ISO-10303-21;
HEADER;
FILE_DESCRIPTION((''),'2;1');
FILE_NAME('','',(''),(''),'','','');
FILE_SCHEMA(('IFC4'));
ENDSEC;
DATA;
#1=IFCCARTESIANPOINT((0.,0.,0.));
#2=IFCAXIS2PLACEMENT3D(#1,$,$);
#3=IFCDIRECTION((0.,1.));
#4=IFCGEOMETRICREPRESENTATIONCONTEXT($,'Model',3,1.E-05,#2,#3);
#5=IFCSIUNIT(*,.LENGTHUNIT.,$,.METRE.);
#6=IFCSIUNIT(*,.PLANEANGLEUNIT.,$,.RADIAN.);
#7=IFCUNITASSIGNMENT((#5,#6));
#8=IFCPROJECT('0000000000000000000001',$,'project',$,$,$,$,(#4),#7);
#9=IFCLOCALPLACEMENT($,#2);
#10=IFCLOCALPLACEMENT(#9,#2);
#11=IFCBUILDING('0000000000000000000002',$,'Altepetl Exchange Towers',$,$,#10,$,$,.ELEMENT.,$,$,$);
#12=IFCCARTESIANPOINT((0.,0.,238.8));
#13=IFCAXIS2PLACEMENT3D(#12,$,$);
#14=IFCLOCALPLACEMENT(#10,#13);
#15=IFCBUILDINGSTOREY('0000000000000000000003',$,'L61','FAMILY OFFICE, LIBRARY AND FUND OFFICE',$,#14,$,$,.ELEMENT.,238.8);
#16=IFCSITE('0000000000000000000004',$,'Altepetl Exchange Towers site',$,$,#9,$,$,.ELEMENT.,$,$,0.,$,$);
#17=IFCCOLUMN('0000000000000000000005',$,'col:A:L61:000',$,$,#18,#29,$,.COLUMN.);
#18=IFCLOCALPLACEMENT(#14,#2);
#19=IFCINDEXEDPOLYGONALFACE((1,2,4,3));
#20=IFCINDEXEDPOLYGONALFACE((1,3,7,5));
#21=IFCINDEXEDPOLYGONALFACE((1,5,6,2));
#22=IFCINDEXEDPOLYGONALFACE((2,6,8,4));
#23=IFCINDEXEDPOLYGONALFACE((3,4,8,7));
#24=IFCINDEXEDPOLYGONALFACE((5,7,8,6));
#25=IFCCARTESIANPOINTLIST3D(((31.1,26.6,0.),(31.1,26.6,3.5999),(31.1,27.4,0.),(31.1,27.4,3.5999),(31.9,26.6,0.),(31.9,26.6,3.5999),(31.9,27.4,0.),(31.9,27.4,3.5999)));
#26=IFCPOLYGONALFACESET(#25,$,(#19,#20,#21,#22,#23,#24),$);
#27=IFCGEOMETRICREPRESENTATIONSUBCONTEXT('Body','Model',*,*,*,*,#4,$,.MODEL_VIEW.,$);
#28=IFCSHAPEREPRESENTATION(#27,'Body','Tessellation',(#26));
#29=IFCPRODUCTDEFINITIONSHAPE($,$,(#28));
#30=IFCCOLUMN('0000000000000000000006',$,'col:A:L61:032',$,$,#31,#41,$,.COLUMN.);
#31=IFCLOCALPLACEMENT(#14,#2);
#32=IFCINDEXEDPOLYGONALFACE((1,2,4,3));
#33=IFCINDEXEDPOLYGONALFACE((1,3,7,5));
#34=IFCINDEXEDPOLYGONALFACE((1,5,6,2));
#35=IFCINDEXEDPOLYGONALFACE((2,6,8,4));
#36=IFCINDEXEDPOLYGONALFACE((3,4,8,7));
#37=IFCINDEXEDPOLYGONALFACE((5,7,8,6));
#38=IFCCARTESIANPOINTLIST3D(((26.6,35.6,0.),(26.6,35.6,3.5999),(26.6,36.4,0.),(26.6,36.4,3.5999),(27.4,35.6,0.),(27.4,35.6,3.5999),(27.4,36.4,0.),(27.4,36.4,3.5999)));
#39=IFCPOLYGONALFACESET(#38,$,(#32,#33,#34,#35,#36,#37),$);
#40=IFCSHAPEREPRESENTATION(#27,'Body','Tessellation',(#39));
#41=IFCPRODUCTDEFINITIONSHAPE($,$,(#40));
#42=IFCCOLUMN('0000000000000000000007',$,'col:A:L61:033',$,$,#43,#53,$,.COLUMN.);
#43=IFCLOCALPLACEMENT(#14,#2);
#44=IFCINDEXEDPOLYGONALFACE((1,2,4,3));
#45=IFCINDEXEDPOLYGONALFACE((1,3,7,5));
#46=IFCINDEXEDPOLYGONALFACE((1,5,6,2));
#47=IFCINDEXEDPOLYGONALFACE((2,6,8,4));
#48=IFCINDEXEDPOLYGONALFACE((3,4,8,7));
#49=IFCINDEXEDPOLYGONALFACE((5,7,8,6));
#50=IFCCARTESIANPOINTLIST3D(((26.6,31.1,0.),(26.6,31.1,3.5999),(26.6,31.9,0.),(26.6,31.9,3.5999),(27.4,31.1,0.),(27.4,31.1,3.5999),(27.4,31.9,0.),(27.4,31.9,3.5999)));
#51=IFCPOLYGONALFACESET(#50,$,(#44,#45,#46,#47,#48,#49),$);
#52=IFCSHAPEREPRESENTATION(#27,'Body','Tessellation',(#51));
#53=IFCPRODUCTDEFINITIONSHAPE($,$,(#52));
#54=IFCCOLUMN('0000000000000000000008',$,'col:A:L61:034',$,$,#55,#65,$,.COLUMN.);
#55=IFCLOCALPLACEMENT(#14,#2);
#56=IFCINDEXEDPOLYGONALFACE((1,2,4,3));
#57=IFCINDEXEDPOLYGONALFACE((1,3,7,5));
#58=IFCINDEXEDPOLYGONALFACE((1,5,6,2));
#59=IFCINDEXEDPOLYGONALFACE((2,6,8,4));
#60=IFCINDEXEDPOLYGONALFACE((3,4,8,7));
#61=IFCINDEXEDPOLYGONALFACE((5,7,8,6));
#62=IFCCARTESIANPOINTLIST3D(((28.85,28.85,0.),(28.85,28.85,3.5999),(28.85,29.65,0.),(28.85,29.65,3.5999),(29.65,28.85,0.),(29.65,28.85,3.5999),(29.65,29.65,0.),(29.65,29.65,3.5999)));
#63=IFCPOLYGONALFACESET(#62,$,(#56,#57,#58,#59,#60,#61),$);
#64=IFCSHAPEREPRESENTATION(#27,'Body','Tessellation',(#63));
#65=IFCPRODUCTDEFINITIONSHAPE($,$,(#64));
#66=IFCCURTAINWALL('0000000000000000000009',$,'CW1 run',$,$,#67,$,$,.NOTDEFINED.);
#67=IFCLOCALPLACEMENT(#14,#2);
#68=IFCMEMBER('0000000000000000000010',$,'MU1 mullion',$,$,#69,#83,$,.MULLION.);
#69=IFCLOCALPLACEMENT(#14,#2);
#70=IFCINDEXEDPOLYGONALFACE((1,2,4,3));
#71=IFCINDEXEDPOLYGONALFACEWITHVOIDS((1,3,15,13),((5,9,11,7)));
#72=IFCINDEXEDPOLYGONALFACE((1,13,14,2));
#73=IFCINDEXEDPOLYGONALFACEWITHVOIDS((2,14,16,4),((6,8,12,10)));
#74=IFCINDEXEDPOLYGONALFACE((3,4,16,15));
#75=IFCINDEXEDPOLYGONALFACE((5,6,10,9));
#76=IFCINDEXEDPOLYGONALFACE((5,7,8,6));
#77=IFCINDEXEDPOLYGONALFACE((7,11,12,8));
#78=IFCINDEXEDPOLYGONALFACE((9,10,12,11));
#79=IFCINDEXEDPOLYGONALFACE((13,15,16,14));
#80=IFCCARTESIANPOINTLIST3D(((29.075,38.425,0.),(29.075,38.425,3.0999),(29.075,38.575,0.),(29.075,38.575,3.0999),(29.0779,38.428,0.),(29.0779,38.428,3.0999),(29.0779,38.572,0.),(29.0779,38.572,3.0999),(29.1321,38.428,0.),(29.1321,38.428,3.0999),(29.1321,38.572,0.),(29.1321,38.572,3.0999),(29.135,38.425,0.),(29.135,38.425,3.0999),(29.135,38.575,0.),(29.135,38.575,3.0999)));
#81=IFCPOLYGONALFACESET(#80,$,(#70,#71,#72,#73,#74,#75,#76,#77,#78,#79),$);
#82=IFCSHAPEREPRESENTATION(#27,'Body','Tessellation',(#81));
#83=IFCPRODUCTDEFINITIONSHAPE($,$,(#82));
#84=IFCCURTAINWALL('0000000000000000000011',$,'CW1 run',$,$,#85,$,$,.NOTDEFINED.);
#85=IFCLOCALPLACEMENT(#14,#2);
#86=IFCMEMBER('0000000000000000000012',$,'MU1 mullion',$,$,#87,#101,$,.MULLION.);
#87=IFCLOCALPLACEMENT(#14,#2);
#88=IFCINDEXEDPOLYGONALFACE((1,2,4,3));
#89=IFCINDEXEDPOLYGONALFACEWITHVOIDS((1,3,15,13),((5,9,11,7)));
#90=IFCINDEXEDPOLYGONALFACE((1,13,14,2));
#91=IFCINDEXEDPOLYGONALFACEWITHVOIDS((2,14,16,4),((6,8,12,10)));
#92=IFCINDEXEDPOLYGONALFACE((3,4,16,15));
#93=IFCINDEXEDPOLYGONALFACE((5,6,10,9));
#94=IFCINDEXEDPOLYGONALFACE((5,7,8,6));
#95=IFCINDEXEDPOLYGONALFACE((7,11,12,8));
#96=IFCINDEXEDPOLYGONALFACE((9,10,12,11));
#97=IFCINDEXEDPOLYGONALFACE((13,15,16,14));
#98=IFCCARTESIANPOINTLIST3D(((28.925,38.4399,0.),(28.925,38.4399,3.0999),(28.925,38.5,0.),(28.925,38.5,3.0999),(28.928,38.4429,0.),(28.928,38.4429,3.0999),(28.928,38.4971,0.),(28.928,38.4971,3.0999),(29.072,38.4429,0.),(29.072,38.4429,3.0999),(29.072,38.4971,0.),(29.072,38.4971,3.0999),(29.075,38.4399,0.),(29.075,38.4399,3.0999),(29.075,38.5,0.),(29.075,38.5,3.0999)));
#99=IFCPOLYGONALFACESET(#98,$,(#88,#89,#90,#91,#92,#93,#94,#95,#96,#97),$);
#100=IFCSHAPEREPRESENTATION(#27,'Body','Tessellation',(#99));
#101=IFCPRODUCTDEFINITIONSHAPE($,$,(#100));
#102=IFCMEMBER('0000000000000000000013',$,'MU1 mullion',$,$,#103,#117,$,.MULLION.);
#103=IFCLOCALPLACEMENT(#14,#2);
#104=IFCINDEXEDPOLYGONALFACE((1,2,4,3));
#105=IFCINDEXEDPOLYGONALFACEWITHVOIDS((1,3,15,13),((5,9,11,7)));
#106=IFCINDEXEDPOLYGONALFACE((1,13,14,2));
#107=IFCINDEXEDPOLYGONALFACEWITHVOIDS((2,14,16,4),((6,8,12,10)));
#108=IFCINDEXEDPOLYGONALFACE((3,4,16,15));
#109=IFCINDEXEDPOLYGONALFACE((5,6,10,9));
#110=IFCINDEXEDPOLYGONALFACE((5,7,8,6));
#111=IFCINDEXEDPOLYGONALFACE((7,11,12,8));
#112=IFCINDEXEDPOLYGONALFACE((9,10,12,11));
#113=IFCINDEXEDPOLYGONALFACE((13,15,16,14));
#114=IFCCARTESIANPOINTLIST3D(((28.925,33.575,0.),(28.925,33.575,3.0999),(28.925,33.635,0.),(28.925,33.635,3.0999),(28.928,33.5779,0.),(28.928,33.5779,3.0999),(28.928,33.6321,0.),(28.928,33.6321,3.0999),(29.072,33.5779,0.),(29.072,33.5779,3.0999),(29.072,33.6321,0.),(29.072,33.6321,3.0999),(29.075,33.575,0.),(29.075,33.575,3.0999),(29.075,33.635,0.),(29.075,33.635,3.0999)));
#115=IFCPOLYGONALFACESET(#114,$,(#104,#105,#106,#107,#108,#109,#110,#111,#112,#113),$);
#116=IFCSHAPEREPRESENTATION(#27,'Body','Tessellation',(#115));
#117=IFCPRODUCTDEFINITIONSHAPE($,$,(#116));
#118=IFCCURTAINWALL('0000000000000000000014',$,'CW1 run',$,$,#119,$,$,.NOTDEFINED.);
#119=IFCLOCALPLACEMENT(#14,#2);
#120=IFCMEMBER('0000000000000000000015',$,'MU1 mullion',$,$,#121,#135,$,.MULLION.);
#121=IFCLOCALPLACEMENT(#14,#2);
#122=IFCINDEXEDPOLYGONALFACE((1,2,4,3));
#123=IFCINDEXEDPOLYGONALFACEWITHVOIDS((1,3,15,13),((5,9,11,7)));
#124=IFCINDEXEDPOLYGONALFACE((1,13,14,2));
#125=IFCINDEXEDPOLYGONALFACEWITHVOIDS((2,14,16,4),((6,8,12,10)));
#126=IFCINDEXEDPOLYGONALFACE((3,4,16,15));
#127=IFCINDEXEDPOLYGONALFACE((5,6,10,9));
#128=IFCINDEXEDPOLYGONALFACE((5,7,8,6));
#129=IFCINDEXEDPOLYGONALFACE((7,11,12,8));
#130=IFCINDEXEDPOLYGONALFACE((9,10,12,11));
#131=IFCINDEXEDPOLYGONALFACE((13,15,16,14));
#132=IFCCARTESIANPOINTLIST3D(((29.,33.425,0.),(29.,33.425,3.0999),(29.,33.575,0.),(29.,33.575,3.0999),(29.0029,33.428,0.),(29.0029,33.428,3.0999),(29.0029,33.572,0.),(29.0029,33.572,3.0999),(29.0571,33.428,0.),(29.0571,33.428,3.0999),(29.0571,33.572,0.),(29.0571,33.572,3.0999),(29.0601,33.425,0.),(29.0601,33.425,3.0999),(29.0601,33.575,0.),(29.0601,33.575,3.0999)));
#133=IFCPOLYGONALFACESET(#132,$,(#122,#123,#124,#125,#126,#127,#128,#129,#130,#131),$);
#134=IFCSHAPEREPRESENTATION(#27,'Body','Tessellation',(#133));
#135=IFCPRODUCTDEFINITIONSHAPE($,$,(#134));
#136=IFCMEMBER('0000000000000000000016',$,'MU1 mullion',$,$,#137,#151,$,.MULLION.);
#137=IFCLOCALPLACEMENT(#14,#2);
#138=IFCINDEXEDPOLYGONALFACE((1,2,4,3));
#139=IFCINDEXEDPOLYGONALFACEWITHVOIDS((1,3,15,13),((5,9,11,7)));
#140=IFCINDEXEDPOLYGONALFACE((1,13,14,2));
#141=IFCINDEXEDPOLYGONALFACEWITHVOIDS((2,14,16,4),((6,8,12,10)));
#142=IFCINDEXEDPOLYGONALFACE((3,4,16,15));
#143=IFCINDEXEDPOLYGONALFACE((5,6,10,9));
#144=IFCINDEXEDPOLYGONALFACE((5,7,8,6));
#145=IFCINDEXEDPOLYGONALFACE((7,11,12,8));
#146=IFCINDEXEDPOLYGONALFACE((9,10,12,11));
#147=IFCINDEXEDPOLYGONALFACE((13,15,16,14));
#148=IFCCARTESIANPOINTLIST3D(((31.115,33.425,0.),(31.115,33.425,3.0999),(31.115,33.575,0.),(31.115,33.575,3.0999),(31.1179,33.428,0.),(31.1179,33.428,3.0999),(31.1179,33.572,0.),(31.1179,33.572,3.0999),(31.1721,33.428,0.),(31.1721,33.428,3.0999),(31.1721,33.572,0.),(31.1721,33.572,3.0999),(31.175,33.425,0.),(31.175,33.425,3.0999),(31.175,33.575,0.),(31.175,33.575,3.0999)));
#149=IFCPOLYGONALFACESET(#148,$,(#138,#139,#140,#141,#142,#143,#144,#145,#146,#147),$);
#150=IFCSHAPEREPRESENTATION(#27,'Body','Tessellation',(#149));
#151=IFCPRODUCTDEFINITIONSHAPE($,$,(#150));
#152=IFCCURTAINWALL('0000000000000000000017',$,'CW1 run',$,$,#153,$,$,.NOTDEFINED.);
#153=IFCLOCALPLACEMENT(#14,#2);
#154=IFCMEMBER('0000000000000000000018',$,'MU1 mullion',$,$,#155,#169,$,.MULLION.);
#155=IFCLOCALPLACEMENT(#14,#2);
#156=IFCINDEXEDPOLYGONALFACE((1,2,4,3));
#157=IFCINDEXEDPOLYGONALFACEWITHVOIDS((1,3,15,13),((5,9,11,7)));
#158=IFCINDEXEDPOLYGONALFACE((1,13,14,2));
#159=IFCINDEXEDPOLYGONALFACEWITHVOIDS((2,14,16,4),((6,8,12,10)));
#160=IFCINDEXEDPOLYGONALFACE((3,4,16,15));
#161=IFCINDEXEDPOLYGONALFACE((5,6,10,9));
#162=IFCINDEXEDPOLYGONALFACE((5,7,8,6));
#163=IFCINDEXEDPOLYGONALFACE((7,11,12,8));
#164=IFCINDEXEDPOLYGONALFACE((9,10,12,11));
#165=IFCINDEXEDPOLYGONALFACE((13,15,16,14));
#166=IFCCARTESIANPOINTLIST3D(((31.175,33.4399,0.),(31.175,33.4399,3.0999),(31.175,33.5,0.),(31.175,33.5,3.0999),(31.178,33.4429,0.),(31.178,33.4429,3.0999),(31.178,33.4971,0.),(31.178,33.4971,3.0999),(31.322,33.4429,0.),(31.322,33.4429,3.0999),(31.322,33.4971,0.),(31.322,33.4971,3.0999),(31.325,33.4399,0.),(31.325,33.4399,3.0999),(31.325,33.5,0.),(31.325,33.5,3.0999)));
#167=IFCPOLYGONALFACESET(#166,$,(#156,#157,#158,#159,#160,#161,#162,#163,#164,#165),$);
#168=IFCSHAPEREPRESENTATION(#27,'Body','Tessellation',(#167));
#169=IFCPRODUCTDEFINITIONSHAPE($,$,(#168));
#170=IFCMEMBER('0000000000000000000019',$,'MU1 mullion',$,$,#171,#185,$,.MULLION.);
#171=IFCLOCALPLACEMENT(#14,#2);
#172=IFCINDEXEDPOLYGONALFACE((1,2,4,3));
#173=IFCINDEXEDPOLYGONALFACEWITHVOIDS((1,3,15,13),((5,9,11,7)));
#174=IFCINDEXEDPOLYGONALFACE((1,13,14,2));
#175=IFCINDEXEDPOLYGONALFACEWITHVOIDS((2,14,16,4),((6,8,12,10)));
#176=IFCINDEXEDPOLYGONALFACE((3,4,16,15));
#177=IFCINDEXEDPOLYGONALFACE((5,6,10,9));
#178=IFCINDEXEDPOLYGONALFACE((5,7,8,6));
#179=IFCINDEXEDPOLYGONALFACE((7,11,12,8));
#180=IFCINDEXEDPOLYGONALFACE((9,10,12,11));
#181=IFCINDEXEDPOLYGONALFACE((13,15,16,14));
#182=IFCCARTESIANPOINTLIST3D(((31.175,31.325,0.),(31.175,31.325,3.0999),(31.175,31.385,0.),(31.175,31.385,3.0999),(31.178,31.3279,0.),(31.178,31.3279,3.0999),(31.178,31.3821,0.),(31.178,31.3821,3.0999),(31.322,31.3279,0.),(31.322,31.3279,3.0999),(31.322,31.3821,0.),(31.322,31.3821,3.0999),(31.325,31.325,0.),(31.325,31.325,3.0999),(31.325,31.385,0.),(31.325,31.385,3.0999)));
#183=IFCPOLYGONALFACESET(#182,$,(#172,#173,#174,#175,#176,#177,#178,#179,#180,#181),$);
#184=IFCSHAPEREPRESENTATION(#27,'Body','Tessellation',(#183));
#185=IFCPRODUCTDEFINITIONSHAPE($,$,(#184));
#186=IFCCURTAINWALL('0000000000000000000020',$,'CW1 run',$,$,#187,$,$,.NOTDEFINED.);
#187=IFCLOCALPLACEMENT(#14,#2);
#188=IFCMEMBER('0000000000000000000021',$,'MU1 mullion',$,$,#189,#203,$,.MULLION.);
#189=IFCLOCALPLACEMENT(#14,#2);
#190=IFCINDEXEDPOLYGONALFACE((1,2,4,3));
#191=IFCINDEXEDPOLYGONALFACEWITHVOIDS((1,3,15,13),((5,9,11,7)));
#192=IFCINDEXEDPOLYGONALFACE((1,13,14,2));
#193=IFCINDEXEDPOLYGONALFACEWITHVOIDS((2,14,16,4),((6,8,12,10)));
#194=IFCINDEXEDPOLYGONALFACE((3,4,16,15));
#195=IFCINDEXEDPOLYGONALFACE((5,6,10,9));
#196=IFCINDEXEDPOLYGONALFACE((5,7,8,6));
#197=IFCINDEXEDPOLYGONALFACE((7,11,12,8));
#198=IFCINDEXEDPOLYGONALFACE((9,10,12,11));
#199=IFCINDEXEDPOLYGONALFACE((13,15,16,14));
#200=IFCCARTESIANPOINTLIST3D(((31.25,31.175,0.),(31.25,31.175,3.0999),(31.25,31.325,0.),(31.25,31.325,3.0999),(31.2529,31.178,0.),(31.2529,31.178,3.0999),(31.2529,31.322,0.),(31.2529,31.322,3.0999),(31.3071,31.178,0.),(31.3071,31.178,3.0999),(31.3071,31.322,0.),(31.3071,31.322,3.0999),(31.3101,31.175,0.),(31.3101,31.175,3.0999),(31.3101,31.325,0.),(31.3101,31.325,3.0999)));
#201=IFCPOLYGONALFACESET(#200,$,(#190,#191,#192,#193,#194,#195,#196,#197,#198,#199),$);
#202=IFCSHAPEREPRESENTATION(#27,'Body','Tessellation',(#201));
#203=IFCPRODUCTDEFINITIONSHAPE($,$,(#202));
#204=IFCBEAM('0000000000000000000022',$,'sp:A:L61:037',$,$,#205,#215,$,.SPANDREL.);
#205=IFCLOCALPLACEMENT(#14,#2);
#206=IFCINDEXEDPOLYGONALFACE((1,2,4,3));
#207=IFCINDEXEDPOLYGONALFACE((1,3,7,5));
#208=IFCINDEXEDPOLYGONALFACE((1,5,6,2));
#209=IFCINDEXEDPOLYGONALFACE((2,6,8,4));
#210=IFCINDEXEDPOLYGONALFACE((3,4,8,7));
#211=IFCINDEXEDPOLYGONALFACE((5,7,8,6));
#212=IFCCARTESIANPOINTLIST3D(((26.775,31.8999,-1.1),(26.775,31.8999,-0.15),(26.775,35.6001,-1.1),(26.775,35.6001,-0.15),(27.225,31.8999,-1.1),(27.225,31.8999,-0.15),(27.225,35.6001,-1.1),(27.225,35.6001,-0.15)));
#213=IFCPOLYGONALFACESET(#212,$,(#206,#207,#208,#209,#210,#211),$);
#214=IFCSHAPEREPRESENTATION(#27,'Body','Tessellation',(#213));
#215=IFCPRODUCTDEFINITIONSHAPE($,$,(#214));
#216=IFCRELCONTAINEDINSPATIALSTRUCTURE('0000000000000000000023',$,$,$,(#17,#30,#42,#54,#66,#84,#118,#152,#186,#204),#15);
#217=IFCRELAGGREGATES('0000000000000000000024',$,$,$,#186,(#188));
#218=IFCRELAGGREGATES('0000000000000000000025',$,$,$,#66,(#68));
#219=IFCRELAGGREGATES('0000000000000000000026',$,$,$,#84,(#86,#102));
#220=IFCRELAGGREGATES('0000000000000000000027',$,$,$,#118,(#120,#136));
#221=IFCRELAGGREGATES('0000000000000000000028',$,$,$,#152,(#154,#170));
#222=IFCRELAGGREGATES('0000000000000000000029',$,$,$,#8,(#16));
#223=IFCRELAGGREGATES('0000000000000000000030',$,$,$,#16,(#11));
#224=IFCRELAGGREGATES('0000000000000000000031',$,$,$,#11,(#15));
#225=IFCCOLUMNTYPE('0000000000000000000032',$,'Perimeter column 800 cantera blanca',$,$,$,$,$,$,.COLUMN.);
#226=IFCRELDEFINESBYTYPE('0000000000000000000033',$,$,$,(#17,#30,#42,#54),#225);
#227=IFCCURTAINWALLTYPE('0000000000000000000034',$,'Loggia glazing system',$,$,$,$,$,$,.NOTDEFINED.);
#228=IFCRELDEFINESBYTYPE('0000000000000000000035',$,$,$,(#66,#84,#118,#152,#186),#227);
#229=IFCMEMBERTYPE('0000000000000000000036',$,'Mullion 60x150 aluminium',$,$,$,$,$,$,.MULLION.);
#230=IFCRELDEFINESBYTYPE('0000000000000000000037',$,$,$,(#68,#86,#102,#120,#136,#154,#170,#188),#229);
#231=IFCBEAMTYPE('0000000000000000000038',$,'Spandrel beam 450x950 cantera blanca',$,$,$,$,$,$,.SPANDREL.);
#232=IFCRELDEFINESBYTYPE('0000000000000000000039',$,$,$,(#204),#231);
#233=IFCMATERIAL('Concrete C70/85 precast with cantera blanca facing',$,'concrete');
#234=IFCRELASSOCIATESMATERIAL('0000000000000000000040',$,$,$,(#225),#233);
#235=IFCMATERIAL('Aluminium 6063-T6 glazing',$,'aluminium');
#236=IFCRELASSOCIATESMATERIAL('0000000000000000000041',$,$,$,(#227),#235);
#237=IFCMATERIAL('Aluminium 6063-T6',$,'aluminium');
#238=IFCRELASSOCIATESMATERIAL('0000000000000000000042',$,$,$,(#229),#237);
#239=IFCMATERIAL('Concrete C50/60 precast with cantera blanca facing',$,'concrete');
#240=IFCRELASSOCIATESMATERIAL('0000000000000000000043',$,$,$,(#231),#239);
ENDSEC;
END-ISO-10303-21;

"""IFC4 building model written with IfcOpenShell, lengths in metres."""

from ifc_helpers import new_model, si_unit, direction, frame, origin, origin_2d, place, context, subcontext, project, spatial, rectangle, hollow_rectangle, extrude, material, material_profile, profile_set, type_object, element, aggregate, save


model = new_model("IFC4")

# Units and contexts
model_context = context("Model", 3, precision=1e-05, world=origin(), true_north=direction((0.0, 1.0)))
body_context = subcontext(model_context, "Body", "Model", "MODEL_VIEW")
ifc_project = project(units=[si_unit("LENGTHUNIT", "METRE"), si_unit("PLANEANGLEUNIT", "RADIAN")], contexts=[model_context])

# Site, building, storey
site_placement = place(None, origin())
site = spatial("IfcSite", under=ifc_project, at=site_placement, Name="Altepetl Exchange Towers site", CompositionType="ELEMENT", RefElevation=0.0)
building_placement = place(site_placement, origin())
building = spatial("IfcBuilding", under=site, at=building_placement, Name="Altepetl Exchange Towers", CompositionType="ELEMENT")
storey_placement = place(building_placement, frame((0.0, 0.0, 238.8)))
storey = spatial("IfcBuildingStorey", under=building, at=storey_placement, Name="L61", Description="FAMILY OFFICE, LIBRARY AND FUND OFFICE", CompositionType="ELEMENT", Elevation=238.8)

# Columns
ifc_material_1 = material(Name="Concrete C70/85 precast with cantera blanca facing", Category="concrete")
ifc_material_profile_1 = material_profile(ifc_material_1, rectangle(XDim=0.8, YDim=0.8, at=origin_2d()), Name="800 x 800")
ifc_profile_set_1 = profile_set([ifc_material_profile_1], Name="Concrete C70/85 precast with cantera blanca facing")
column_type = type_object("IfcColumnType", Name="Perimeter column 800 cantera blanca", PredefinedType="COLUMN", material=ifc_profile_set_1)
for number, where, name in (
    (1, (31.5, 27.0, 0.0), "col:A:L61:000"),
    (2, (27.0, 36.0, 0.0), "col:A:L61:032"),
    (3, (27.0, 31.5, 0.0), "col:A:L61:033"),
    (4, (29.25, 29.25, 0.0), "col:A:L61:034"),
):
    element("IfcColumn", number, at=place(storey_placement, frame(where)), inside=storey, type_object=column_type, Name=name, PredefinedType="COLUMN", context=body_context, shape_type="SweptSolid", body=[
        extrude(rectangle(XDim=0.8, YDim=0.8, at=origin_2d()), origin(), (0.0, 0.0, 1.0), 3.5999),
    ])

# Curtain wall, member
ifc_material_2 = material(Name="Aluminium 6063-T6 glazing", Category="aluminium")
curtain_wall_type = type_object("IfcCurtainWallType", Name="Loggia glazing system", PredefinedType="NOTDEFINED", material=ifc_material_2)
curtain_wall_1_placement = place(storey_placement, origin())
curtain_wall_1 = element("IfcCurtainWall", 5, at=curtain_wall_1_placement, inside=storey, type_object=curtain_wall_type, Name="CW1 run", PredefinedType="NOTDEFINED")
ifc_material_3 = material(Name="Aluminium 6063-T6", Category="aluminium")
ifc_material_profile_2 = material_profile(ifc_material_3, hollow_rectangle(XDim=0.0601, YDim=0.1499, WallThickness=0.0029, at=origin_2d()), Name="Mullion 60x150 aluminium")
ifc_profile_set_2 = profile_set([ifc_material_profile_2], Name="Aluminium 6063-T6")
member_type = type_object("IfcMemberType", Name="Mullion 60x150 aluminium", PredefinedType="MULLION", material=ifc_profile_set_2)
member_1_placement = place(storey_placement, frame((29.105, 38.5, 0.0), z_axis=(0.0, 0.0, 1.0), x_axis=(-1.0, 0.0, 0.0)))
member_1 = element("IfcMember", 6, at=member_1_placement, type_object=member_type, Name="MU1 mullion", PredefinedType="MULLION", context=body_context, shape_type="SweptSolid", body=[
    extrude(hollow_rectangle(XDim=0.0601, YDim=0.1499, WallThickness=0.0029, at=origin_2d()), origin(), (0.0, 0.0, 1.0), 3.0999),
])

# Curtain walls, members
curtain_wall_2_placement = place(storey_placement, origin())
curtain_wall_2 = element("IfcCurtainWall", 7, at=curtain_wall_2_placement, inside=storey, type_object=curtain_wall_type, Name="CW1 run", PredefinedType="NOTDEFINED")
member_2_placement = place(storey_placement, frame((29.0, 38.47, 0.0), z_axis=(0.0, 0.0, 1.0), x_axis=(0.0, -1.0, 0.0)))
member_2 = element("IfcMember", 8, at=member_2_placement, type_object=member_type, Name="MU1 mullion", PredefinedType="MULLION", context=body_context, shape_type="SweptSolid", body=[
    extrude(hollow_rectangle(XDim=0.0601, YDim=0.1499, WallThickness=0.0029, at=origin_2d()), origin(), (0.0, 0.0, 1.0), 3.0999),
])
member_3_placement = place(storey_placement, frame((29.0, 33.605, 0.0), z_axis=(0.0, 0.0, 1.0), x_axis=(0.0, -1.0, 0.0)))
member_3 = element("IfcMember", 9, at=member_3_placement, type_object=member_type, Name="MU1 mullion", PredefinedType="MULLION", context=body_context, shape_type="SweptSolid", body=[
    extrude(hollow_rectangle(XDim=0.0601, YDim=0.1499, WallThickness=0.0029, at=origin_2d()), origin(), (0.0, 0.0, 1.0), 3.0999),
])
curtain_wall_3_placement = place(storey_placement, origin())
curtain_wall_3 = element("IfcCurtainWall", 10, at=curtain_wall_3_placement, inside=storey, type_object=curtain_wall_type, Name="CW1 run", PredefinedType="NOTDEFINED")
member_4_placement = place(storey_placement, frame((29.03, 33.5, 0.0)))
member_4 = element("IfcMember", 11, at=member_4_placement, type_object=member_type, Name="MU1 mullion", PredefinedType="MULLION", context=body_context, shape_type="SweptSolid", body=[
    extrude(hollow_rectangle(XDim=0.0601, YDim=0.1499, WallThickness=0.0029, at=origin_2d()), origin(), (0.0, 0.0, 1.0), 3.0999),
])
member_5_placement = place(storey_placement, frame((31.145, 33.5, 0.0)))
member_5 = element("IfcMember", 12, at=member_5_placement, type_object=member_type, Name="MU1 mullion", PredefinedType="MULLION", context=body_context, shape_type="SweptSolid", body=[
    extrude(hollow_rectangle(XDim=0.0601, YDim=0.1499, WallThickness=0.0029, at=origin_2d()), origin(), (0.0, 0.0, 1.0), 3.0999),
])
curtain_wall_4_placement = place(storey_placement, origin())
curtain_wall_4 = element("IfcCurtainWall", 13, at=curtain_wall_4_placement, inside=storey, type_object=curtain_wall_type, Name="CW1 run", PredefinedType="NOTDEFINED")
member_6_placement = place(storey_placement, frame((31.25, 33.47, 0.0), z_axis=(0.0, 0.0, 1.0), x_axis=(0.0, -1.0, 0.0)))
member_6 = element("IfcMember", 14, at=member_6_placement, type_object=member_type, Name="MU1 mullion", PredefinedType="MULLION", context=body_context, shape_type="SweptSolid", body=[
    extrude(hollow_rectangle(XDim=0.0601, YDim=0.1499, WallThickness=0.0029, at=origin_2d()), origin(), (0.0, 0.0, 1.0), 3.0999),
])
member_7_placement = place(storey_placement, frame((31.25, 31.355, 0.0), z_axis=(0.0, 0.0, 1.0), x_axis=(0.0, -1.0, 0.0)))
member_7 = element("IfcMember", 15, at=member_7_placement, type_object=member_type, Name="MU1 mullion", PredefinedType="MULLION", context=body_context, shape_type="SweptSolid", body=[
    extrude(hollow_rectangle(XDim=0.0601, YDim=0.1499, WallThickness=0.0029, at=origin_2d()), origin(), (0.0, 0.0, 1.0), 3.0999),
])

# Curtain wall, member
curtain_wall_5_placement = place(storey_placement, origin())
curtain_wall_5 = element("IfcCurtainWall", 16, at=curtain_wall_5_placement, inside=storey, type_object=curtain_wall_type, Name="CW1 run", PredefinedType="NOTDEFINED")
member_8_placement = place(storey_placement, frame((31.28, 31.25, 0.0)))
member_8 = element("IfcMember", 17, at=member_8_placement, type_object=member_type, Name="MU1 mullion", PredefinedType="MULLION", context=body_context, shape_type="SweptSolid", body=[
    extrude(hollow_rectangle(XDim=0.0601, YDim=0.1499, WallThickness=0.0029, at=origin_2d()), origin(), (0.0, 0.0, 1.0), 3.0999),
])
aggregate(curtain_wall_5, [member_8])

# Beam
ifc_material_4 = material(Name="Concrete C50/60 precast with cantera blanca facing", Category="concrete")
ifc_material_profile_3 = material_profile(ifc_material_4, rectangle(XDim=0.45, YDim=0.95, at=origin_2d()), Name="450 x 950")
ifc_profile_set_3 = profile_set([ifc_material_profile_3], Name="Concrete C50/60 precast with cantera blanca facing")
beam_type = type_object("IfcBeamType", Name="Spandrel beam 450x950 cantera blanca", PredefinedType="SPANDREL", material=ifc_profile_set_3)
beam_1_placement = place(storey_placement, frame((27.0, 35.6001, -0.625), z_axis=(0.0, -1.0, 0.0), x_axis=(1.0, 0.0, 0.0)))
element("IfcBeam", 18, at=beam_1_placement, inside=storey, type_object=beam_type, Name="sp:A:L61:037", PredefinedType="SPANDREL", context=body_context, shape_type="SweptSolid", body=[
    extrude(rectangle(XDim=0.45, YDim=0.95, at=origin_2d()), origin(), (0.0, 0.0, 1.0), 3.7002),
])

aggregate(curtain_wall_1, [member_1])
aggregate(curtain_wall_2, [member_2, member_3])
aggregate(curtain_wall_3, [member_4, member_5])
aggregate(curtain_wall_4, [member_6, member_7])

save(model, "model.ifc")
